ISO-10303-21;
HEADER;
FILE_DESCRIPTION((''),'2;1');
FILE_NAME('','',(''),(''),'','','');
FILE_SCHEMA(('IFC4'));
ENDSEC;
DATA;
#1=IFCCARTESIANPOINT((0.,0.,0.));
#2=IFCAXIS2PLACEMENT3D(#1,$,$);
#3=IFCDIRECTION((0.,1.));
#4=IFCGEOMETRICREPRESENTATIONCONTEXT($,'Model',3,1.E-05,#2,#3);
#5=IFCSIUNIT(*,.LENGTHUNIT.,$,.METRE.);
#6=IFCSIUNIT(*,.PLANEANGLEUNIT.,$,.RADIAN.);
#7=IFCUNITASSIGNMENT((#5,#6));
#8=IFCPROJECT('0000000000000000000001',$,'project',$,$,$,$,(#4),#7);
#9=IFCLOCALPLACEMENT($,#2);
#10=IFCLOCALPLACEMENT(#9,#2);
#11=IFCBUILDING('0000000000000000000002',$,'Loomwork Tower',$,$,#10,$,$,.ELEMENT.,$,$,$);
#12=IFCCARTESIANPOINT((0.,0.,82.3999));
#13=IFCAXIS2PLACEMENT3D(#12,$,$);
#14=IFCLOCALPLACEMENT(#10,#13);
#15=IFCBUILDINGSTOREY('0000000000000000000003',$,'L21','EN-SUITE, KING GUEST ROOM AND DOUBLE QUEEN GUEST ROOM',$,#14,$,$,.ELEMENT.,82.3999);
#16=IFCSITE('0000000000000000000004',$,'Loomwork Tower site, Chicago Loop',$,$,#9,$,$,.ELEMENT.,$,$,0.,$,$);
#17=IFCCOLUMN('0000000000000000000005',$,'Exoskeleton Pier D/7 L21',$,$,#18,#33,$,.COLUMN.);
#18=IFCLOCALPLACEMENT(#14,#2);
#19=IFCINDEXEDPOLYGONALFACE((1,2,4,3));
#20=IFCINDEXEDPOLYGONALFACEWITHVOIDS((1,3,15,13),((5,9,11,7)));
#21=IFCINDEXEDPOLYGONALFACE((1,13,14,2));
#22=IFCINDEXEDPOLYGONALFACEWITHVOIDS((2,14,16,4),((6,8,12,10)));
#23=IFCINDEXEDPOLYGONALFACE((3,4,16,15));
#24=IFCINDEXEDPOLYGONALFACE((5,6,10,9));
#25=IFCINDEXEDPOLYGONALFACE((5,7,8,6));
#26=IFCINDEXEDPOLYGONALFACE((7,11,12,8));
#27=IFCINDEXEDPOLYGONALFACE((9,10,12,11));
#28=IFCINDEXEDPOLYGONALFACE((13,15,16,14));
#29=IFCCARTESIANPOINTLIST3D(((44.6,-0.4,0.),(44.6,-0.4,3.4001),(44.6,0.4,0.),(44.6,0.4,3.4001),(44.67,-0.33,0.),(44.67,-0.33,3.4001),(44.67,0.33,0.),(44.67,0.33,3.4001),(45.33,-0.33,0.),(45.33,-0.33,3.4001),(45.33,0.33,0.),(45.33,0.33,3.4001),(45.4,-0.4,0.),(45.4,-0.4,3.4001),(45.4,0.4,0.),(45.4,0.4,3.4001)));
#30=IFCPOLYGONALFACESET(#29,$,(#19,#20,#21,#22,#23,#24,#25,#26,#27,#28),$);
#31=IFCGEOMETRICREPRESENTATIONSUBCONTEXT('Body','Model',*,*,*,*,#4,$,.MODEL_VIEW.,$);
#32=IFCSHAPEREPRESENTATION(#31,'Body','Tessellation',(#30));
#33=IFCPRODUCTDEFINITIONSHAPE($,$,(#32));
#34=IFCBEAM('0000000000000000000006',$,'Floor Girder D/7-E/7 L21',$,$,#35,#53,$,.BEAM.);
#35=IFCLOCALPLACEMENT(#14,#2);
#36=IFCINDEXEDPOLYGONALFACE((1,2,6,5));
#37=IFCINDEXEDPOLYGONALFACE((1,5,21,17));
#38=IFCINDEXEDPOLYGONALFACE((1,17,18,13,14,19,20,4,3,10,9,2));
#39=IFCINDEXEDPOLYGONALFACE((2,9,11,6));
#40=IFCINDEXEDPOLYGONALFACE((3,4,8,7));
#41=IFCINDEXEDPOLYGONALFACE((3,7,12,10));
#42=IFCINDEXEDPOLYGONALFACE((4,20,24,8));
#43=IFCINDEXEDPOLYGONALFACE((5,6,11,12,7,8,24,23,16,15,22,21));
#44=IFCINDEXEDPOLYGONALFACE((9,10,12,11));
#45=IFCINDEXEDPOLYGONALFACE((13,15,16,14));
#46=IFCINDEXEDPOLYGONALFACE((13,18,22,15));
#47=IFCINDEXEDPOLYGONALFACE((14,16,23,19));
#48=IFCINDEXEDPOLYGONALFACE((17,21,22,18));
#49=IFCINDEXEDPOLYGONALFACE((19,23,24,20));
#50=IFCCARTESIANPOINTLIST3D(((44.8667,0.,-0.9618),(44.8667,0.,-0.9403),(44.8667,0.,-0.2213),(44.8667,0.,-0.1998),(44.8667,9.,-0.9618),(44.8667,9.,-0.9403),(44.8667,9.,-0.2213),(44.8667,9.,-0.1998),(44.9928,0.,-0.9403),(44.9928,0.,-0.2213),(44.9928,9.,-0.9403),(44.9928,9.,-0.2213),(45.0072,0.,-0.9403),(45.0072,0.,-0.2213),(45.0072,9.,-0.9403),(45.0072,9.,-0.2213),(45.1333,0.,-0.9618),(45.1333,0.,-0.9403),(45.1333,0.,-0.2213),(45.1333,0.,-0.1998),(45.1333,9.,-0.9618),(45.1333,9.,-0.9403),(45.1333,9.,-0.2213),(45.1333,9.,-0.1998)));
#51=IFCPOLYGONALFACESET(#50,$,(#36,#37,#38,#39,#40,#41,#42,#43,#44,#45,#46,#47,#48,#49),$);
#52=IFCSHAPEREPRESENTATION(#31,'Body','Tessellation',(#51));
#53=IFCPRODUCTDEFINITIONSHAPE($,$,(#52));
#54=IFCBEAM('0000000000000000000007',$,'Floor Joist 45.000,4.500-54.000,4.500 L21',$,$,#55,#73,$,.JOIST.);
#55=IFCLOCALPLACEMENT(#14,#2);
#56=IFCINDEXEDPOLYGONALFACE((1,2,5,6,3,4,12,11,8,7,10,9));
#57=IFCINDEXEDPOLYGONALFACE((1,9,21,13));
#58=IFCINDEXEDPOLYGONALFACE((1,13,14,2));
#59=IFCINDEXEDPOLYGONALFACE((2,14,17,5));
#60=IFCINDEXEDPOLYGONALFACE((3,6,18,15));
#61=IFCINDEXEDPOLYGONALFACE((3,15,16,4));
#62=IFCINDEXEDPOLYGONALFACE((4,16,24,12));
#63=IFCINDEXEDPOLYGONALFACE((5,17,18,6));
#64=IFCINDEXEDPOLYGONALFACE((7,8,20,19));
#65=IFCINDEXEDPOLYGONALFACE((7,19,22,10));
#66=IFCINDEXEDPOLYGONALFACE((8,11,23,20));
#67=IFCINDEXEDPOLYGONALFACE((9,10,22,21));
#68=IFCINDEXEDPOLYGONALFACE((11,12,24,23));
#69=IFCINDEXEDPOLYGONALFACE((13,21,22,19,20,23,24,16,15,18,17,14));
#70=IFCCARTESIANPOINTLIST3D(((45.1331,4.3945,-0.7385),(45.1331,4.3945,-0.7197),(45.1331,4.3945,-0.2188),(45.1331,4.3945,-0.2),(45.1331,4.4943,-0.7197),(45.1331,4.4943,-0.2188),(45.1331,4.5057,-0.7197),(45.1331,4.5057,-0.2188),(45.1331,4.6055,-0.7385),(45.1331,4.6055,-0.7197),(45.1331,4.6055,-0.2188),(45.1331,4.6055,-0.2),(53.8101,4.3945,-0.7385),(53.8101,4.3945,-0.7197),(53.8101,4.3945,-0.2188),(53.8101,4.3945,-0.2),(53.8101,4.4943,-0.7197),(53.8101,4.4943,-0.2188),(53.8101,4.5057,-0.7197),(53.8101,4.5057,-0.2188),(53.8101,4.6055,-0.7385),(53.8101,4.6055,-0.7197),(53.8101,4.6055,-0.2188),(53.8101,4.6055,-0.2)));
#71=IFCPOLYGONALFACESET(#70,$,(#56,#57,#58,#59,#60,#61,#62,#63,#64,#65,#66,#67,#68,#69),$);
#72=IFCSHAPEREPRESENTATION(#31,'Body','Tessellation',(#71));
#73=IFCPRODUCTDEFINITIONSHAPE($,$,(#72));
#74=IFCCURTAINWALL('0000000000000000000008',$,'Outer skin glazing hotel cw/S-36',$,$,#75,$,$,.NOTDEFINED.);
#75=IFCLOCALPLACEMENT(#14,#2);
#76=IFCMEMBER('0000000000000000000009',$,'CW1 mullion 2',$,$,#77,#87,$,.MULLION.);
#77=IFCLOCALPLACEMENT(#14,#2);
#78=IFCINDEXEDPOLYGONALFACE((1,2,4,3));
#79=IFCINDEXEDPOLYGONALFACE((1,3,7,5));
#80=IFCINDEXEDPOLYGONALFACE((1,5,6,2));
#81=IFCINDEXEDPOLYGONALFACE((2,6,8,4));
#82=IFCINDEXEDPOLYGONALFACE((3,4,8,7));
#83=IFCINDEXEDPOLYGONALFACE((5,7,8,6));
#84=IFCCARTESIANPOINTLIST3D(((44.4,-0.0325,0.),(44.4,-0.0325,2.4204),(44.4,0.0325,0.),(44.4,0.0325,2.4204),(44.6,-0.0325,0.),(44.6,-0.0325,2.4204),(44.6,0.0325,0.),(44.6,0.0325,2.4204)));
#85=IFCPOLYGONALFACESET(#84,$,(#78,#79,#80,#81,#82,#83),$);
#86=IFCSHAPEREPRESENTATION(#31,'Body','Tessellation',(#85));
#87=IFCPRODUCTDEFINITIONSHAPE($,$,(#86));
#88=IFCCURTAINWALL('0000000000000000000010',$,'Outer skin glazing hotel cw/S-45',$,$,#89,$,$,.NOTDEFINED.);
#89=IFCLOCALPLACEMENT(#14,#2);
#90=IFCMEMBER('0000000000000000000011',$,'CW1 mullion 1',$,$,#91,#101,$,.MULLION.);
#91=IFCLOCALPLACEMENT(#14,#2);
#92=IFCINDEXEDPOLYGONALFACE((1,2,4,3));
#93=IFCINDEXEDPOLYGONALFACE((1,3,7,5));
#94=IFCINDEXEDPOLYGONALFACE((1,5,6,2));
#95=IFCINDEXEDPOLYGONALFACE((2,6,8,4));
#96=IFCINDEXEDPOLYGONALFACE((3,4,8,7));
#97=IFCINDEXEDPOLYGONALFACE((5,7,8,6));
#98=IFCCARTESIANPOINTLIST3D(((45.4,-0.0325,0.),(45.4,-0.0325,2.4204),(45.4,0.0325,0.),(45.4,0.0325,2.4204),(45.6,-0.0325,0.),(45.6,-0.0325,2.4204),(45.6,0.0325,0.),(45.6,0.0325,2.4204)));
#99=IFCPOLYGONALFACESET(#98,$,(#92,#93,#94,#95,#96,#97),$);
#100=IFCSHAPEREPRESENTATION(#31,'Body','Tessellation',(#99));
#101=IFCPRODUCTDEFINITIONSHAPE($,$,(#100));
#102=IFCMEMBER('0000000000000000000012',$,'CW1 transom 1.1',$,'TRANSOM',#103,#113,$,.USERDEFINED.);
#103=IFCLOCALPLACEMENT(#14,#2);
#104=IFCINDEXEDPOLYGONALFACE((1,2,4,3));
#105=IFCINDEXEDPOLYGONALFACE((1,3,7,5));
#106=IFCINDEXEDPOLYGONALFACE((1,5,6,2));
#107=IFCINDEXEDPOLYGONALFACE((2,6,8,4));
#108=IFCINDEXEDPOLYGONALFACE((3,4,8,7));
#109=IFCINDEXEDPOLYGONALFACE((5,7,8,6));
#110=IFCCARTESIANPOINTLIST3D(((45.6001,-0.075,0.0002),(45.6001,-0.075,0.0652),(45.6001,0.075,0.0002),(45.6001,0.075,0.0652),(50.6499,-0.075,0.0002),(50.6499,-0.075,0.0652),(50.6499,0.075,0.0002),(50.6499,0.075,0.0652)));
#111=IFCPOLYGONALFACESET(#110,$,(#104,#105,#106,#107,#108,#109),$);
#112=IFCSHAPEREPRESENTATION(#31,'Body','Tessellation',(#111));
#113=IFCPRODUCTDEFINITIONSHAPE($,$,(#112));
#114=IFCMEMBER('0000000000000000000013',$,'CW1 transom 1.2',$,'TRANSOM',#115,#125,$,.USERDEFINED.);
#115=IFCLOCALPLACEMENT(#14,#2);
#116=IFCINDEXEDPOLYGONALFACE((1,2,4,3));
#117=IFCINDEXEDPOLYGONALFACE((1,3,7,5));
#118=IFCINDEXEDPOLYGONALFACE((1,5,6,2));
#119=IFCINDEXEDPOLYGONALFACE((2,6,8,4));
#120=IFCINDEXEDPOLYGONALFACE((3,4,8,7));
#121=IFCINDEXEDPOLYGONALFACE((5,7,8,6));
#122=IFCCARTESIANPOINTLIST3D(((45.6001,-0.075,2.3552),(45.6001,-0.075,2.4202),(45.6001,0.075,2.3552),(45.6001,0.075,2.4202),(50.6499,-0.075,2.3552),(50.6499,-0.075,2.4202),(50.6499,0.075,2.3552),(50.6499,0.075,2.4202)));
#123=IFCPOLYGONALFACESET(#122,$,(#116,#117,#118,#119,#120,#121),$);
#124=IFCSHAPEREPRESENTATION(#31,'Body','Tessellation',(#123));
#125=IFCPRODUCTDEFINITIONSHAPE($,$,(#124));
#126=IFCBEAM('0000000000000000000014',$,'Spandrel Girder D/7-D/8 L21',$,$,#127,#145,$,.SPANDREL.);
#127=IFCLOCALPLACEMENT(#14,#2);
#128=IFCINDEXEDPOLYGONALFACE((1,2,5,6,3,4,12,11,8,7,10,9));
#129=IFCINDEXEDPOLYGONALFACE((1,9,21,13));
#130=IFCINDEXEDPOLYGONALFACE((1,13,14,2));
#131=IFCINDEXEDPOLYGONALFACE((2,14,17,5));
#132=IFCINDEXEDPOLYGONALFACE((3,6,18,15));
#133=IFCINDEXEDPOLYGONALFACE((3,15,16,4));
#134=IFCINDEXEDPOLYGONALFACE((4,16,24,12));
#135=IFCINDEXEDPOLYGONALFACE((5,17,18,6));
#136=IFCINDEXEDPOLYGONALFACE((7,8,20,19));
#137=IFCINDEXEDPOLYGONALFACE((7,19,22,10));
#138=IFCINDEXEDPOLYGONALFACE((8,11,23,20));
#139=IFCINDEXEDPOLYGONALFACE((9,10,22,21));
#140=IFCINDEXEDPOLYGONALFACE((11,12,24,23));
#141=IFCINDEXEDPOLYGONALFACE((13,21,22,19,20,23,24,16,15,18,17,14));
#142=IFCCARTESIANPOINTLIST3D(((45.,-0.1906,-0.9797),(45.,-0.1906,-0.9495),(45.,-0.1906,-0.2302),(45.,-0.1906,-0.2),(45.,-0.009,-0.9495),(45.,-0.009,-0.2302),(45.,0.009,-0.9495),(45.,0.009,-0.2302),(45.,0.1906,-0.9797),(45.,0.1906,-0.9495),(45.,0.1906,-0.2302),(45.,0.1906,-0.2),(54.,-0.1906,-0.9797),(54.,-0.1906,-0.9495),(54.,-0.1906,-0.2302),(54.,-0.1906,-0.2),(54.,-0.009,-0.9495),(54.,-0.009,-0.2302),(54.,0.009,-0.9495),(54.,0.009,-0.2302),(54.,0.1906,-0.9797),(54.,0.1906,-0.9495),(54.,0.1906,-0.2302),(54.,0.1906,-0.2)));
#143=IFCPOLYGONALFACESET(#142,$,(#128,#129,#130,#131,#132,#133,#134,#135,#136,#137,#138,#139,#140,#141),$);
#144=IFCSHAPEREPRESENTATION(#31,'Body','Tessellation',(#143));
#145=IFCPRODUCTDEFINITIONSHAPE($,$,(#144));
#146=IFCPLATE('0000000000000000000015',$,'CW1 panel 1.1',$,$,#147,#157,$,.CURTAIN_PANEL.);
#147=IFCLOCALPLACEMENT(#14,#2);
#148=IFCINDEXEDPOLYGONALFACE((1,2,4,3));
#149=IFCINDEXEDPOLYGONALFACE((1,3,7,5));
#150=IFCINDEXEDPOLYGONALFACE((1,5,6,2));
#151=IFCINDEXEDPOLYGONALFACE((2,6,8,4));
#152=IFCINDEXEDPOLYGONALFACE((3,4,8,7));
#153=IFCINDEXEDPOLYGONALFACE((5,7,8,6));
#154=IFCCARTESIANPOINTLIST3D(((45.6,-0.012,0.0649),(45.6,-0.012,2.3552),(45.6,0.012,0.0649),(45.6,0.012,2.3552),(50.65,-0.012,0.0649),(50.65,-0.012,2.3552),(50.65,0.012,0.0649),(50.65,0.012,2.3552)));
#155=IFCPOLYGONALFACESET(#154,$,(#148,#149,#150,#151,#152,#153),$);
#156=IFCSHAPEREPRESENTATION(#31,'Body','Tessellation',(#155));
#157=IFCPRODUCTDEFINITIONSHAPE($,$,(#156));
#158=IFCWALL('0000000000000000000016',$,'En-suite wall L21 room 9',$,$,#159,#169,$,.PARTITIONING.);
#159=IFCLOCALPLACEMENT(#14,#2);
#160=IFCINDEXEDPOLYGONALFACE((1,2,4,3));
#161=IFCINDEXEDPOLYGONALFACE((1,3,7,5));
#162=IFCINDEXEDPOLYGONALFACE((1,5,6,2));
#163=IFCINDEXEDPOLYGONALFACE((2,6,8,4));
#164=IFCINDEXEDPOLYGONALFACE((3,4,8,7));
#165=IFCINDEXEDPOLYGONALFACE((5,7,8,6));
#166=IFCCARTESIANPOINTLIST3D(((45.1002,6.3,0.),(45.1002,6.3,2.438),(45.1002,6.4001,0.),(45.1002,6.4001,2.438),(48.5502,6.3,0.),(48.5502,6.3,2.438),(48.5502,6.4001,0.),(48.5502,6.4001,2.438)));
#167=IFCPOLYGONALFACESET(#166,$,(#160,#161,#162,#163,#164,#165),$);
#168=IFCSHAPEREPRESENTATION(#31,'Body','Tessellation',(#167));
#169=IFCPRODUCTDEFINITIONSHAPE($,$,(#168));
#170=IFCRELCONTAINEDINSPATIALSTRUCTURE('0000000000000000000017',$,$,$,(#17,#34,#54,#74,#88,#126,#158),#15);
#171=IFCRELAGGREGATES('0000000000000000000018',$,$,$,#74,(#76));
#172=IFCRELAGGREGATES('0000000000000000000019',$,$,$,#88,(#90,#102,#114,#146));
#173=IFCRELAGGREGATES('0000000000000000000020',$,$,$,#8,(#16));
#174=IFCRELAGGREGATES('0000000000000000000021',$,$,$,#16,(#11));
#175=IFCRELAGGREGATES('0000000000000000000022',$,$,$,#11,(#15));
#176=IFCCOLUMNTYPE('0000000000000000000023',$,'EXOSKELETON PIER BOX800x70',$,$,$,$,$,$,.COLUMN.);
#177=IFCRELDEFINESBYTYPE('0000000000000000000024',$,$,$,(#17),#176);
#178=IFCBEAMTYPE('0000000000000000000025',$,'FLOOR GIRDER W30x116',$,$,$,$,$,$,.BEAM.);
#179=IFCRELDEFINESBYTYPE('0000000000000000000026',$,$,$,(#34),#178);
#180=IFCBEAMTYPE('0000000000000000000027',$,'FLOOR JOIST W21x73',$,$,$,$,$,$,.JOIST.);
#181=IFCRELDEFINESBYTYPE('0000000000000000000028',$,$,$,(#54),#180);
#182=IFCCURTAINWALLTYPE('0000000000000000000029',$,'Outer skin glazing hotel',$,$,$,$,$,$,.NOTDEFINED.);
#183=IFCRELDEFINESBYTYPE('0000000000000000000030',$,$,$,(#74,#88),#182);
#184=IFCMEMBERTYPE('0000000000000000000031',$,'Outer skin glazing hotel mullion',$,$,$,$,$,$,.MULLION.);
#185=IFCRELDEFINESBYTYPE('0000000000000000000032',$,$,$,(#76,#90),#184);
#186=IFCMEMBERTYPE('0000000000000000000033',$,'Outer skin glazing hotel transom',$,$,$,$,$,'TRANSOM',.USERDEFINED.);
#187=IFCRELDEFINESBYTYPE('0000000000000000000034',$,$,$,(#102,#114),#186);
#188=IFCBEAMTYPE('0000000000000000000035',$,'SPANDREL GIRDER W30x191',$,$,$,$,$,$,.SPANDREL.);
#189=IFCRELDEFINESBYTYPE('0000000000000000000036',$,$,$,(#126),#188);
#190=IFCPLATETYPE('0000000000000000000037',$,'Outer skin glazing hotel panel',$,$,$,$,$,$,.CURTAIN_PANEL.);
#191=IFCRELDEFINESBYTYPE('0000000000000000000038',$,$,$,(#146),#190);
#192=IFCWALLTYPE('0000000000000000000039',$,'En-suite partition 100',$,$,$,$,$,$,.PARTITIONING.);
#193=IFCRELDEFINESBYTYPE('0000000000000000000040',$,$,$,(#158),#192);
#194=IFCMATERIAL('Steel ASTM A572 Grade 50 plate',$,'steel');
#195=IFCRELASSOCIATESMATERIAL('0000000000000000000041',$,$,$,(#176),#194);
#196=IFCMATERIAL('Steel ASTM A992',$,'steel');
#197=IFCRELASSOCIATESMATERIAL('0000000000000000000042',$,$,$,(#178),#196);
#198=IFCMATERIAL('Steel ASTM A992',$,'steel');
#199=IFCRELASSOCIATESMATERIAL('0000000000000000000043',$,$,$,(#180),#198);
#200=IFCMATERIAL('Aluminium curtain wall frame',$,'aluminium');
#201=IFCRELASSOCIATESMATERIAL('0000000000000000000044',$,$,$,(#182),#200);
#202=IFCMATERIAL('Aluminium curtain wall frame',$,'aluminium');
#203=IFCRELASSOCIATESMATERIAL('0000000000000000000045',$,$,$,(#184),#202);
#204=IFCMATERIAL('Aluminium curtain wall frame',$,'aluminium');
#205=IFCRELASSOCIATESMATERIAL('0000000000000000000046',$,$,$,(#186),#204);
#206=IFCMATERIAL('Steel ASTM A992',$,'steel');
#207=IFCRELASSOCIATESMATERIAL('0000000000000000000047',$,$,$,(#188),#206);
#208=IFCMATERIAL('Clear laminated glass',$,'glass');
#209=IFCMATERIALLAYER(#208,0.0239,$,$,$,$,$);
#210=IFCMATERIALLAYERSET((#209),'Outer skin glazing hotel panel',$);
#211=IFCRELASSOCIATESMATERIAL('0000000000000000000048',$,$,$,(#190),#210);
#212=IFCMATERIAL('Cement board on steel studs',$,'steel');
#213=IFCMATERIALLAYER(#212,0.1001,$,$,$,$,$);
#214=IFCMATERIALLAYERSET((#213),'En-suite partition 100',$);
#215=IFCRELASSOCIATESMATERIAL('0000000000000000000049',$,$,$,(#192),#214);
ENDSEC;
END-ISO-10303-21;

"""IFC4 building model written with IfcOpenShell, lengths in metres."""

from ifc_helpers import new_model, si_unit, direction, frame, frame_2d, origin, origin_2d, place, context, subcontext, project, spatial, rectangle, hollow_rectangle, i_section, extrude, material, layer, layer_set, material_profile, profile_set, type_object, element, aggregate, save


model = new_model("IFC4")

# Units and contexts
model_context = context("Model", 3, precision=1e-05, world=origin(), true_north=direction((0.0, 1.0)))
body_context = subcontext(model_context, "Body", "Model", "MODEL_VIEW")
ifc_project = project(units=[si_unit("LENGTHUNIT", "METRE"), si_unit("PLANEANGLEUNIT", "RADIAN")], contexts=[model_context])

# Site, building, storey
site_placement = place(None, origin())
site = spatial("IfcSite", under=ifc_project, at=site_placement, Name="Loomwork Tower site, Chicago Loop", CompositionType="ELEMENT", RefElevation=0.0)
building_placement = place(site_placement, origin())
building = spatial("IfcBuilding", under=site, at=building_placement, Name="Loomwork Tower", CompositionType="ELEMENT")
storey_placement = place(building_placement, frame((0.0, 0.0, 82.3999)))
storey = spatial("IfcBuildingStorey", under=building, at=storey_placement, Name="L21", Description="EN-SUITE, KING GUEST ROOM AND DOUBLE QUEEN GUEST ROOM", CompositionType="ELEMENT", Elevation=82.3999)

# Column
ifc_material_1 = material(Name="Steel ASTM A572 Grade 50 plate", Category="steel")
ifc_material_profile_1 = material_profile(ifc_material_1, hollow_rectangle(XDim=0.8, YDim=0.8, WallThickness=0.0701, at=origin_2d()), Name="BOX800x70")
ifc_profile_set_1 = profile_set([ifc_material_profile_1], Name="Steel ASTM A572 Grade 50 plate")
column_type = type_object("IfcColumnType", Name="EXOSKELETON PIER BOX800x70", PredefinedType="COLUMN", material=ifc_profile_set_1)
column_placement = place(storey_placement, frame((45.0, 0.0, 0.0), z_axis=(0.0, 0.0, 1.0), x_axis=(1.0, 0.0, 0.0)))
element("IfcColumn", 1, at=column_placement, inside=storey, type_object=column_type, Name="Exoskeleton Pier D/7 L21", PredefinedType="COLUMN", context=body_context, shape_type="SweptSolid", body=[
    extrude(hollow_rectangle(XDim=0.8, YDim=0.8, WallThickness=0.0701, at=origin_2d()), origin(), (0.0, 0.0, 1.0), 3.4001),
])

# Beams
ifc_material_2 = material(Name="Steel ASTM A992", Category="steel")
ifc_material_profile_2 = material_profile(ifc_material_2, i_section(OverallWidth=0.2666, OverallDepth=0.762, WebThickness=0.0144, FlangeThickness=0.0215, at=origin_2d()), Name="W30x116")
ifc_profile_set_2 = profile_set([ifc_material_profile_2], Name="Steel ASTM A992")
beam_type_1 = type_object("IfcBeamType", Name="FLOOR GIRDER W30x116", PredefinedType="BEAM", material=ifc_profile_set_2)
beam_1_placement = place(storey_placement, frame((45.0, 0.0, -0.5808), z_axis=(0.0, 1.0, 0.0), x_axis=(-1.0, 0.0, 0.0)))
element("IfcBeam", 2, at=beam_1_placement, inside=storey, type_object=beam_type_1, Name="Floor Girder D/7-E/7 L21", PredefinedType="BEAM", context=body_context, shape_type="SweptSolid", body=[
    extrude(i_section(OverallWidth=0.2666, OverallDepth=0.762, WebThickness=0.0144, FlangeThickness=0.0215, at=origin_2d()), origin(), (0.0, 0.0, 1.0), 9.0),
])
ifc_material_3 = material(Name="Steel ASTM A992", Category="steel")
ifc_material_profile_3 = material_profile(ifc_material_3, i_section(OverallWidth=0.2109, OverallDepth=0.5386, WebThickness=0.0115, FlangeThickness=0.0188, at=origin_2d()), Name="W21x73")
ifc_profile_set_3 = profile_set([ifc_material_profile_3], Name="Steel ASTM A992")
beam_type_2 = type_object("IfcBeamType", Name="FLOOR JOIST W21x73", PredefinedType="JOIST", material=ifc_profile_set_3)
beam_2_placement = place(storey_placement, frame((45.1331, 4.5, -0.4692), z_axis=(1.0, 0.0, 0.0), x_axis=(0.0, 1.0, 0.0)))
element("IfcBeam", 3, at=beam_2_placement, inside=storey, type_object=beam_type_2, Name="Floor Joist 45.000,4.500-54.000,4.500 L21", PredefinedType="JOIST", context=body_context, shape_type="SweptSolid", body=[
    extrude(i_section(OverallWidth=0.2109, OverallDepth=0.5386, WebThickness=0.0115, FlangeThickness=0.0188, at=origin_2d()), origin(), (0.0, 0.0, 1.0), 8.677),
])

# Curtain wall, member
ifc_material_4 = material(Name="Aluminium curtain wall frame", Category="aluminium")
curtain_wall_type = type_object("IfcCurtainWallType", Name="Outer skin glazing hotel", PredefinedType="NOTDEFINED", material=ifc_material_4)
curtain_wall_1_placement = place(storey_placement, origin())
curtain_wall_1 = element("IfcCurtainWall", 4, at=curtain_wall_1_placement, inside=storey, type_object=curtain_wall_type, Name="Outer skin glazing hotel cw/S-36", PredefinedType="NOTDEFINED")
ifc_material_5 = material(Name="Aluminium curtain wall frame", Category="aluminium")
ifc_material_profile_4 = material_profile(ifc_material_5, rectangle(XDim=0.0649, YDim=0.2, at=origin_2d()), Name="AL 65x200")
ifc_profile_set_4 = profile_set([ifc_material_profile_4], Name="Aluminium curtain wall frame")
member_type_1 = type_object("IfcMemberType", Name="Outer skin glazing hotel mullion", PredefinedType="MULLION", material=ifc_profile_set_4)
member_1_placement = place(storey_placement, frame((44.5, 0.0, 0.0), z_axis=(0.0, 0.0, 1.0), x_axis=(0.0, 1.0, 0.0)))
member_1 = element("IfcMember", 5, at=member_1_placement, type_object=member_type_1, Name="CW1 mullion 2", PredefinedType="MULLION", context=body_context, shape_type="SweptSolid", body=[
    extrude(rectangle(XDim=0.0649, YDim=0.2, at=origin_2d()), origin(), (0.0, 0.0, 1.0), 2.4204),
])
aggregate(curtain_wall_1, [member_1])

# Curtain wall, members
curtain_wall_2_placement = place(storey_placement, origin())
curtain_wall_2 = element("IfcCurtainWall", 6, at=curtain_wall_2_placement, inside=storey, type_object=curtain_wall_type, Name="Outer skin glazing hotel cw/S-45", PredefinedType="NOTDEFINED")
member_2_placement = place(storey_placement, frame((45.5, 0.0, 0.0), z_axis=(0.0, 0.0, 1.0), x_axis=(0.0, 1.0, 0.0)))
member_2 = element("IfcMember", 7, at=member_2_placement, type_object=member_type_1, Name="CW1 mullion 1", PredefinedType="MULLION", context=body_context, shape_type="SweptSolid", body=[
    extrude(rectangle(XDim=0.0649, YDim=0.2, at=origin_2d()), origin(), (0.0, 0.0, 1.0), 2.4204),
])
ifc_material_6 = material(Name="Aluminium curtain wall frame", Category="aluminium")
ifc_material_profile_5 = material_profile(ifc_material_6, rectangle(XDim=0.1499, YDim=0.0649, at=origin_2d()), Name="AL 65x150")
ifc_profile_set_5 = profile_set([ifc_material_profile_5], Name="Aluminium curtain wall frame")
member_type_2 = type_object("IfcMemberType", Name="Outer skin glazing hotel transom", ElementType="TRANSOM", PredefinedType="USERDEFINED", material=ifc_profile_set_5)
member_3_placement = place(storey_placement, frame((45.6001, 0.0, 0.0327), z_axis=(1.0, 0.0, 0.0), x_axis=(0.0, 1.0, 0.0)))
member_3 = element("IfcMember", 8, at=member_3_placement, type_object=member_type_2, Name="CW1 transom 1.1", ObjectType="TRANSOM", PredefinedType="USERDEFINED", context=body_context, shape_type="SweptSolid", body=[
    extrude(rectangle(XDim=0.1499, YDim=0.0649, at=origin_2d()), origin(), (0.0, 0.0, 1.0), 5.0498),
])
member_4_placement = place(storey_placement, frame((45.6001, 0.0, 2.3877), z_axis=(1.0, 0.0, 0.0), x_axis=(0.0, 1.0, 0.0)))
member_4 = element("IfcMember", 9, at=member_4_placement, type_object=member_type_2, Name="CW1 transom 1.2", ObjectType="TRANSOM", PredefinedType="USERDEFINED", context=body_context, shape_type="SweptSolid", body=[
    extrude(rectangle(XDim=0.1499, YDim=0.0649, at=origin_2d()), origin(), (0.0, 0.0, 1.0), 5.0498),
])

# Beam
ifc_material_7 = material(Name="Steel ASTM A992", Category="steel")
ifc_material_profile_6 = material_profile(ifc_material_7, i_section(OverallWidth=0.3811, OverallDepth=0.7798, WebThickness=0.0181, FlangeThickness=0.0303, at=origin_2d()), Name="W30x191")
ifc_profile_set_6 = profile_set([ifc_material_profile_6], Name="Steel ASTM A992")
beam_type_3 = type_object("IfcBeamType", Name="SPANDREL GIRDER W30x191", PredefinedType="SPANDREL", material=ifc_profile_set_6)
beam_3_placement = place(storey_placement, frame((45.0, 0.0, -0.5898), z_axis=(1.0, 0.0, 0.0), x_axis=(0.0, 1.0, 0.0)))
element("IfcBeam", 10, at=beam_3_placement, inside=storey, type_object=beam_type_3, Name="Spandrel Girder D/7-D/8 L21", PredefinedType="SPANDREL", context=body_context, shape_type="SweptSolid", body=[
    extrude(i_section(OverallWidth=0.3811, OverallDepth=0.7798, WebThickness=0.0181, FlangeThickness=0.0303, at=origin_2d()), origin(), (0.0, 0.0, 1.0), 9.0),
])

# Plate
ifc_material_8 = material(Name="Clear laminated glass", Category="glass")
ifc_layer_1 = layer(ifc_material_8, 0.0239)
ifc_layer_set_1 = layer_set([ifc_layer_1], Name="Outer skin glazing hotel panel")
plate_type = type_object("IfcPlateType", Name="Outer skin glazing hotel panel", PredefinedType="CURTAIN_PANEL", material=ifc_layer_set_1)
plate_placement = place(storey_placement, frame((48.125, 0.0, 0.0649), z_axis=(0.0, 0.0, 1.0), x_axis=(1.0, 0.0, 0.0)))
plate = element("IfcPlate", 11, at=plate_placement, type_object=plate_type, Name="CW1 panel 1.1", PredefinedType="CURTAIN_PANEL", context=body_context, shape_type="SweptSolid", body=[
    extrude(rectangle(XDim=5.05, YDim=0.0239, at=origin_2d()), origin(), (0.0, 0.0, 1.0), 2.2903),
])
aggregate(curtain_wall_2, [member_2, member_3, member_4, plate])

# Wall
ifc_material_9 = material(Name="Cement board on steel studs", Category="steel")
ifc_layer_2 = layer(ifc_material_9, 0.1001)
ifc_layer_set_2 = layer_set([ifc_layer_2], Name="En-suite partition 100")
wall_type_1 = type_object("IfcWallType", Name="En-suite partition 100", PredefinedType="PARTITIONING", material=ifc_layer_set_2)
wall_1_placement = place(storey_placement, frame((45.1001, 6.3501, 0.0), z_axis=(0.0, 0.0, 1.0), x_axis=(1.0, 0.0, 0.0)))
element("IfcWall", 12, at=wall_1_placement, inside=storey, type_object=wall_type_1, Name="En-suite wall L21 room 9", PredefinedType="PARTITIONING", context=body_context, shape_type="SweptSolid", body=[
    extrude(rectangle(XDim=3.45, YDim=0.1001, at=frame_2d((1.7251, 0.0))), origin(), (0.0, 0.0, 1.0), 2.438),
])

save(model, "model.ifc")
